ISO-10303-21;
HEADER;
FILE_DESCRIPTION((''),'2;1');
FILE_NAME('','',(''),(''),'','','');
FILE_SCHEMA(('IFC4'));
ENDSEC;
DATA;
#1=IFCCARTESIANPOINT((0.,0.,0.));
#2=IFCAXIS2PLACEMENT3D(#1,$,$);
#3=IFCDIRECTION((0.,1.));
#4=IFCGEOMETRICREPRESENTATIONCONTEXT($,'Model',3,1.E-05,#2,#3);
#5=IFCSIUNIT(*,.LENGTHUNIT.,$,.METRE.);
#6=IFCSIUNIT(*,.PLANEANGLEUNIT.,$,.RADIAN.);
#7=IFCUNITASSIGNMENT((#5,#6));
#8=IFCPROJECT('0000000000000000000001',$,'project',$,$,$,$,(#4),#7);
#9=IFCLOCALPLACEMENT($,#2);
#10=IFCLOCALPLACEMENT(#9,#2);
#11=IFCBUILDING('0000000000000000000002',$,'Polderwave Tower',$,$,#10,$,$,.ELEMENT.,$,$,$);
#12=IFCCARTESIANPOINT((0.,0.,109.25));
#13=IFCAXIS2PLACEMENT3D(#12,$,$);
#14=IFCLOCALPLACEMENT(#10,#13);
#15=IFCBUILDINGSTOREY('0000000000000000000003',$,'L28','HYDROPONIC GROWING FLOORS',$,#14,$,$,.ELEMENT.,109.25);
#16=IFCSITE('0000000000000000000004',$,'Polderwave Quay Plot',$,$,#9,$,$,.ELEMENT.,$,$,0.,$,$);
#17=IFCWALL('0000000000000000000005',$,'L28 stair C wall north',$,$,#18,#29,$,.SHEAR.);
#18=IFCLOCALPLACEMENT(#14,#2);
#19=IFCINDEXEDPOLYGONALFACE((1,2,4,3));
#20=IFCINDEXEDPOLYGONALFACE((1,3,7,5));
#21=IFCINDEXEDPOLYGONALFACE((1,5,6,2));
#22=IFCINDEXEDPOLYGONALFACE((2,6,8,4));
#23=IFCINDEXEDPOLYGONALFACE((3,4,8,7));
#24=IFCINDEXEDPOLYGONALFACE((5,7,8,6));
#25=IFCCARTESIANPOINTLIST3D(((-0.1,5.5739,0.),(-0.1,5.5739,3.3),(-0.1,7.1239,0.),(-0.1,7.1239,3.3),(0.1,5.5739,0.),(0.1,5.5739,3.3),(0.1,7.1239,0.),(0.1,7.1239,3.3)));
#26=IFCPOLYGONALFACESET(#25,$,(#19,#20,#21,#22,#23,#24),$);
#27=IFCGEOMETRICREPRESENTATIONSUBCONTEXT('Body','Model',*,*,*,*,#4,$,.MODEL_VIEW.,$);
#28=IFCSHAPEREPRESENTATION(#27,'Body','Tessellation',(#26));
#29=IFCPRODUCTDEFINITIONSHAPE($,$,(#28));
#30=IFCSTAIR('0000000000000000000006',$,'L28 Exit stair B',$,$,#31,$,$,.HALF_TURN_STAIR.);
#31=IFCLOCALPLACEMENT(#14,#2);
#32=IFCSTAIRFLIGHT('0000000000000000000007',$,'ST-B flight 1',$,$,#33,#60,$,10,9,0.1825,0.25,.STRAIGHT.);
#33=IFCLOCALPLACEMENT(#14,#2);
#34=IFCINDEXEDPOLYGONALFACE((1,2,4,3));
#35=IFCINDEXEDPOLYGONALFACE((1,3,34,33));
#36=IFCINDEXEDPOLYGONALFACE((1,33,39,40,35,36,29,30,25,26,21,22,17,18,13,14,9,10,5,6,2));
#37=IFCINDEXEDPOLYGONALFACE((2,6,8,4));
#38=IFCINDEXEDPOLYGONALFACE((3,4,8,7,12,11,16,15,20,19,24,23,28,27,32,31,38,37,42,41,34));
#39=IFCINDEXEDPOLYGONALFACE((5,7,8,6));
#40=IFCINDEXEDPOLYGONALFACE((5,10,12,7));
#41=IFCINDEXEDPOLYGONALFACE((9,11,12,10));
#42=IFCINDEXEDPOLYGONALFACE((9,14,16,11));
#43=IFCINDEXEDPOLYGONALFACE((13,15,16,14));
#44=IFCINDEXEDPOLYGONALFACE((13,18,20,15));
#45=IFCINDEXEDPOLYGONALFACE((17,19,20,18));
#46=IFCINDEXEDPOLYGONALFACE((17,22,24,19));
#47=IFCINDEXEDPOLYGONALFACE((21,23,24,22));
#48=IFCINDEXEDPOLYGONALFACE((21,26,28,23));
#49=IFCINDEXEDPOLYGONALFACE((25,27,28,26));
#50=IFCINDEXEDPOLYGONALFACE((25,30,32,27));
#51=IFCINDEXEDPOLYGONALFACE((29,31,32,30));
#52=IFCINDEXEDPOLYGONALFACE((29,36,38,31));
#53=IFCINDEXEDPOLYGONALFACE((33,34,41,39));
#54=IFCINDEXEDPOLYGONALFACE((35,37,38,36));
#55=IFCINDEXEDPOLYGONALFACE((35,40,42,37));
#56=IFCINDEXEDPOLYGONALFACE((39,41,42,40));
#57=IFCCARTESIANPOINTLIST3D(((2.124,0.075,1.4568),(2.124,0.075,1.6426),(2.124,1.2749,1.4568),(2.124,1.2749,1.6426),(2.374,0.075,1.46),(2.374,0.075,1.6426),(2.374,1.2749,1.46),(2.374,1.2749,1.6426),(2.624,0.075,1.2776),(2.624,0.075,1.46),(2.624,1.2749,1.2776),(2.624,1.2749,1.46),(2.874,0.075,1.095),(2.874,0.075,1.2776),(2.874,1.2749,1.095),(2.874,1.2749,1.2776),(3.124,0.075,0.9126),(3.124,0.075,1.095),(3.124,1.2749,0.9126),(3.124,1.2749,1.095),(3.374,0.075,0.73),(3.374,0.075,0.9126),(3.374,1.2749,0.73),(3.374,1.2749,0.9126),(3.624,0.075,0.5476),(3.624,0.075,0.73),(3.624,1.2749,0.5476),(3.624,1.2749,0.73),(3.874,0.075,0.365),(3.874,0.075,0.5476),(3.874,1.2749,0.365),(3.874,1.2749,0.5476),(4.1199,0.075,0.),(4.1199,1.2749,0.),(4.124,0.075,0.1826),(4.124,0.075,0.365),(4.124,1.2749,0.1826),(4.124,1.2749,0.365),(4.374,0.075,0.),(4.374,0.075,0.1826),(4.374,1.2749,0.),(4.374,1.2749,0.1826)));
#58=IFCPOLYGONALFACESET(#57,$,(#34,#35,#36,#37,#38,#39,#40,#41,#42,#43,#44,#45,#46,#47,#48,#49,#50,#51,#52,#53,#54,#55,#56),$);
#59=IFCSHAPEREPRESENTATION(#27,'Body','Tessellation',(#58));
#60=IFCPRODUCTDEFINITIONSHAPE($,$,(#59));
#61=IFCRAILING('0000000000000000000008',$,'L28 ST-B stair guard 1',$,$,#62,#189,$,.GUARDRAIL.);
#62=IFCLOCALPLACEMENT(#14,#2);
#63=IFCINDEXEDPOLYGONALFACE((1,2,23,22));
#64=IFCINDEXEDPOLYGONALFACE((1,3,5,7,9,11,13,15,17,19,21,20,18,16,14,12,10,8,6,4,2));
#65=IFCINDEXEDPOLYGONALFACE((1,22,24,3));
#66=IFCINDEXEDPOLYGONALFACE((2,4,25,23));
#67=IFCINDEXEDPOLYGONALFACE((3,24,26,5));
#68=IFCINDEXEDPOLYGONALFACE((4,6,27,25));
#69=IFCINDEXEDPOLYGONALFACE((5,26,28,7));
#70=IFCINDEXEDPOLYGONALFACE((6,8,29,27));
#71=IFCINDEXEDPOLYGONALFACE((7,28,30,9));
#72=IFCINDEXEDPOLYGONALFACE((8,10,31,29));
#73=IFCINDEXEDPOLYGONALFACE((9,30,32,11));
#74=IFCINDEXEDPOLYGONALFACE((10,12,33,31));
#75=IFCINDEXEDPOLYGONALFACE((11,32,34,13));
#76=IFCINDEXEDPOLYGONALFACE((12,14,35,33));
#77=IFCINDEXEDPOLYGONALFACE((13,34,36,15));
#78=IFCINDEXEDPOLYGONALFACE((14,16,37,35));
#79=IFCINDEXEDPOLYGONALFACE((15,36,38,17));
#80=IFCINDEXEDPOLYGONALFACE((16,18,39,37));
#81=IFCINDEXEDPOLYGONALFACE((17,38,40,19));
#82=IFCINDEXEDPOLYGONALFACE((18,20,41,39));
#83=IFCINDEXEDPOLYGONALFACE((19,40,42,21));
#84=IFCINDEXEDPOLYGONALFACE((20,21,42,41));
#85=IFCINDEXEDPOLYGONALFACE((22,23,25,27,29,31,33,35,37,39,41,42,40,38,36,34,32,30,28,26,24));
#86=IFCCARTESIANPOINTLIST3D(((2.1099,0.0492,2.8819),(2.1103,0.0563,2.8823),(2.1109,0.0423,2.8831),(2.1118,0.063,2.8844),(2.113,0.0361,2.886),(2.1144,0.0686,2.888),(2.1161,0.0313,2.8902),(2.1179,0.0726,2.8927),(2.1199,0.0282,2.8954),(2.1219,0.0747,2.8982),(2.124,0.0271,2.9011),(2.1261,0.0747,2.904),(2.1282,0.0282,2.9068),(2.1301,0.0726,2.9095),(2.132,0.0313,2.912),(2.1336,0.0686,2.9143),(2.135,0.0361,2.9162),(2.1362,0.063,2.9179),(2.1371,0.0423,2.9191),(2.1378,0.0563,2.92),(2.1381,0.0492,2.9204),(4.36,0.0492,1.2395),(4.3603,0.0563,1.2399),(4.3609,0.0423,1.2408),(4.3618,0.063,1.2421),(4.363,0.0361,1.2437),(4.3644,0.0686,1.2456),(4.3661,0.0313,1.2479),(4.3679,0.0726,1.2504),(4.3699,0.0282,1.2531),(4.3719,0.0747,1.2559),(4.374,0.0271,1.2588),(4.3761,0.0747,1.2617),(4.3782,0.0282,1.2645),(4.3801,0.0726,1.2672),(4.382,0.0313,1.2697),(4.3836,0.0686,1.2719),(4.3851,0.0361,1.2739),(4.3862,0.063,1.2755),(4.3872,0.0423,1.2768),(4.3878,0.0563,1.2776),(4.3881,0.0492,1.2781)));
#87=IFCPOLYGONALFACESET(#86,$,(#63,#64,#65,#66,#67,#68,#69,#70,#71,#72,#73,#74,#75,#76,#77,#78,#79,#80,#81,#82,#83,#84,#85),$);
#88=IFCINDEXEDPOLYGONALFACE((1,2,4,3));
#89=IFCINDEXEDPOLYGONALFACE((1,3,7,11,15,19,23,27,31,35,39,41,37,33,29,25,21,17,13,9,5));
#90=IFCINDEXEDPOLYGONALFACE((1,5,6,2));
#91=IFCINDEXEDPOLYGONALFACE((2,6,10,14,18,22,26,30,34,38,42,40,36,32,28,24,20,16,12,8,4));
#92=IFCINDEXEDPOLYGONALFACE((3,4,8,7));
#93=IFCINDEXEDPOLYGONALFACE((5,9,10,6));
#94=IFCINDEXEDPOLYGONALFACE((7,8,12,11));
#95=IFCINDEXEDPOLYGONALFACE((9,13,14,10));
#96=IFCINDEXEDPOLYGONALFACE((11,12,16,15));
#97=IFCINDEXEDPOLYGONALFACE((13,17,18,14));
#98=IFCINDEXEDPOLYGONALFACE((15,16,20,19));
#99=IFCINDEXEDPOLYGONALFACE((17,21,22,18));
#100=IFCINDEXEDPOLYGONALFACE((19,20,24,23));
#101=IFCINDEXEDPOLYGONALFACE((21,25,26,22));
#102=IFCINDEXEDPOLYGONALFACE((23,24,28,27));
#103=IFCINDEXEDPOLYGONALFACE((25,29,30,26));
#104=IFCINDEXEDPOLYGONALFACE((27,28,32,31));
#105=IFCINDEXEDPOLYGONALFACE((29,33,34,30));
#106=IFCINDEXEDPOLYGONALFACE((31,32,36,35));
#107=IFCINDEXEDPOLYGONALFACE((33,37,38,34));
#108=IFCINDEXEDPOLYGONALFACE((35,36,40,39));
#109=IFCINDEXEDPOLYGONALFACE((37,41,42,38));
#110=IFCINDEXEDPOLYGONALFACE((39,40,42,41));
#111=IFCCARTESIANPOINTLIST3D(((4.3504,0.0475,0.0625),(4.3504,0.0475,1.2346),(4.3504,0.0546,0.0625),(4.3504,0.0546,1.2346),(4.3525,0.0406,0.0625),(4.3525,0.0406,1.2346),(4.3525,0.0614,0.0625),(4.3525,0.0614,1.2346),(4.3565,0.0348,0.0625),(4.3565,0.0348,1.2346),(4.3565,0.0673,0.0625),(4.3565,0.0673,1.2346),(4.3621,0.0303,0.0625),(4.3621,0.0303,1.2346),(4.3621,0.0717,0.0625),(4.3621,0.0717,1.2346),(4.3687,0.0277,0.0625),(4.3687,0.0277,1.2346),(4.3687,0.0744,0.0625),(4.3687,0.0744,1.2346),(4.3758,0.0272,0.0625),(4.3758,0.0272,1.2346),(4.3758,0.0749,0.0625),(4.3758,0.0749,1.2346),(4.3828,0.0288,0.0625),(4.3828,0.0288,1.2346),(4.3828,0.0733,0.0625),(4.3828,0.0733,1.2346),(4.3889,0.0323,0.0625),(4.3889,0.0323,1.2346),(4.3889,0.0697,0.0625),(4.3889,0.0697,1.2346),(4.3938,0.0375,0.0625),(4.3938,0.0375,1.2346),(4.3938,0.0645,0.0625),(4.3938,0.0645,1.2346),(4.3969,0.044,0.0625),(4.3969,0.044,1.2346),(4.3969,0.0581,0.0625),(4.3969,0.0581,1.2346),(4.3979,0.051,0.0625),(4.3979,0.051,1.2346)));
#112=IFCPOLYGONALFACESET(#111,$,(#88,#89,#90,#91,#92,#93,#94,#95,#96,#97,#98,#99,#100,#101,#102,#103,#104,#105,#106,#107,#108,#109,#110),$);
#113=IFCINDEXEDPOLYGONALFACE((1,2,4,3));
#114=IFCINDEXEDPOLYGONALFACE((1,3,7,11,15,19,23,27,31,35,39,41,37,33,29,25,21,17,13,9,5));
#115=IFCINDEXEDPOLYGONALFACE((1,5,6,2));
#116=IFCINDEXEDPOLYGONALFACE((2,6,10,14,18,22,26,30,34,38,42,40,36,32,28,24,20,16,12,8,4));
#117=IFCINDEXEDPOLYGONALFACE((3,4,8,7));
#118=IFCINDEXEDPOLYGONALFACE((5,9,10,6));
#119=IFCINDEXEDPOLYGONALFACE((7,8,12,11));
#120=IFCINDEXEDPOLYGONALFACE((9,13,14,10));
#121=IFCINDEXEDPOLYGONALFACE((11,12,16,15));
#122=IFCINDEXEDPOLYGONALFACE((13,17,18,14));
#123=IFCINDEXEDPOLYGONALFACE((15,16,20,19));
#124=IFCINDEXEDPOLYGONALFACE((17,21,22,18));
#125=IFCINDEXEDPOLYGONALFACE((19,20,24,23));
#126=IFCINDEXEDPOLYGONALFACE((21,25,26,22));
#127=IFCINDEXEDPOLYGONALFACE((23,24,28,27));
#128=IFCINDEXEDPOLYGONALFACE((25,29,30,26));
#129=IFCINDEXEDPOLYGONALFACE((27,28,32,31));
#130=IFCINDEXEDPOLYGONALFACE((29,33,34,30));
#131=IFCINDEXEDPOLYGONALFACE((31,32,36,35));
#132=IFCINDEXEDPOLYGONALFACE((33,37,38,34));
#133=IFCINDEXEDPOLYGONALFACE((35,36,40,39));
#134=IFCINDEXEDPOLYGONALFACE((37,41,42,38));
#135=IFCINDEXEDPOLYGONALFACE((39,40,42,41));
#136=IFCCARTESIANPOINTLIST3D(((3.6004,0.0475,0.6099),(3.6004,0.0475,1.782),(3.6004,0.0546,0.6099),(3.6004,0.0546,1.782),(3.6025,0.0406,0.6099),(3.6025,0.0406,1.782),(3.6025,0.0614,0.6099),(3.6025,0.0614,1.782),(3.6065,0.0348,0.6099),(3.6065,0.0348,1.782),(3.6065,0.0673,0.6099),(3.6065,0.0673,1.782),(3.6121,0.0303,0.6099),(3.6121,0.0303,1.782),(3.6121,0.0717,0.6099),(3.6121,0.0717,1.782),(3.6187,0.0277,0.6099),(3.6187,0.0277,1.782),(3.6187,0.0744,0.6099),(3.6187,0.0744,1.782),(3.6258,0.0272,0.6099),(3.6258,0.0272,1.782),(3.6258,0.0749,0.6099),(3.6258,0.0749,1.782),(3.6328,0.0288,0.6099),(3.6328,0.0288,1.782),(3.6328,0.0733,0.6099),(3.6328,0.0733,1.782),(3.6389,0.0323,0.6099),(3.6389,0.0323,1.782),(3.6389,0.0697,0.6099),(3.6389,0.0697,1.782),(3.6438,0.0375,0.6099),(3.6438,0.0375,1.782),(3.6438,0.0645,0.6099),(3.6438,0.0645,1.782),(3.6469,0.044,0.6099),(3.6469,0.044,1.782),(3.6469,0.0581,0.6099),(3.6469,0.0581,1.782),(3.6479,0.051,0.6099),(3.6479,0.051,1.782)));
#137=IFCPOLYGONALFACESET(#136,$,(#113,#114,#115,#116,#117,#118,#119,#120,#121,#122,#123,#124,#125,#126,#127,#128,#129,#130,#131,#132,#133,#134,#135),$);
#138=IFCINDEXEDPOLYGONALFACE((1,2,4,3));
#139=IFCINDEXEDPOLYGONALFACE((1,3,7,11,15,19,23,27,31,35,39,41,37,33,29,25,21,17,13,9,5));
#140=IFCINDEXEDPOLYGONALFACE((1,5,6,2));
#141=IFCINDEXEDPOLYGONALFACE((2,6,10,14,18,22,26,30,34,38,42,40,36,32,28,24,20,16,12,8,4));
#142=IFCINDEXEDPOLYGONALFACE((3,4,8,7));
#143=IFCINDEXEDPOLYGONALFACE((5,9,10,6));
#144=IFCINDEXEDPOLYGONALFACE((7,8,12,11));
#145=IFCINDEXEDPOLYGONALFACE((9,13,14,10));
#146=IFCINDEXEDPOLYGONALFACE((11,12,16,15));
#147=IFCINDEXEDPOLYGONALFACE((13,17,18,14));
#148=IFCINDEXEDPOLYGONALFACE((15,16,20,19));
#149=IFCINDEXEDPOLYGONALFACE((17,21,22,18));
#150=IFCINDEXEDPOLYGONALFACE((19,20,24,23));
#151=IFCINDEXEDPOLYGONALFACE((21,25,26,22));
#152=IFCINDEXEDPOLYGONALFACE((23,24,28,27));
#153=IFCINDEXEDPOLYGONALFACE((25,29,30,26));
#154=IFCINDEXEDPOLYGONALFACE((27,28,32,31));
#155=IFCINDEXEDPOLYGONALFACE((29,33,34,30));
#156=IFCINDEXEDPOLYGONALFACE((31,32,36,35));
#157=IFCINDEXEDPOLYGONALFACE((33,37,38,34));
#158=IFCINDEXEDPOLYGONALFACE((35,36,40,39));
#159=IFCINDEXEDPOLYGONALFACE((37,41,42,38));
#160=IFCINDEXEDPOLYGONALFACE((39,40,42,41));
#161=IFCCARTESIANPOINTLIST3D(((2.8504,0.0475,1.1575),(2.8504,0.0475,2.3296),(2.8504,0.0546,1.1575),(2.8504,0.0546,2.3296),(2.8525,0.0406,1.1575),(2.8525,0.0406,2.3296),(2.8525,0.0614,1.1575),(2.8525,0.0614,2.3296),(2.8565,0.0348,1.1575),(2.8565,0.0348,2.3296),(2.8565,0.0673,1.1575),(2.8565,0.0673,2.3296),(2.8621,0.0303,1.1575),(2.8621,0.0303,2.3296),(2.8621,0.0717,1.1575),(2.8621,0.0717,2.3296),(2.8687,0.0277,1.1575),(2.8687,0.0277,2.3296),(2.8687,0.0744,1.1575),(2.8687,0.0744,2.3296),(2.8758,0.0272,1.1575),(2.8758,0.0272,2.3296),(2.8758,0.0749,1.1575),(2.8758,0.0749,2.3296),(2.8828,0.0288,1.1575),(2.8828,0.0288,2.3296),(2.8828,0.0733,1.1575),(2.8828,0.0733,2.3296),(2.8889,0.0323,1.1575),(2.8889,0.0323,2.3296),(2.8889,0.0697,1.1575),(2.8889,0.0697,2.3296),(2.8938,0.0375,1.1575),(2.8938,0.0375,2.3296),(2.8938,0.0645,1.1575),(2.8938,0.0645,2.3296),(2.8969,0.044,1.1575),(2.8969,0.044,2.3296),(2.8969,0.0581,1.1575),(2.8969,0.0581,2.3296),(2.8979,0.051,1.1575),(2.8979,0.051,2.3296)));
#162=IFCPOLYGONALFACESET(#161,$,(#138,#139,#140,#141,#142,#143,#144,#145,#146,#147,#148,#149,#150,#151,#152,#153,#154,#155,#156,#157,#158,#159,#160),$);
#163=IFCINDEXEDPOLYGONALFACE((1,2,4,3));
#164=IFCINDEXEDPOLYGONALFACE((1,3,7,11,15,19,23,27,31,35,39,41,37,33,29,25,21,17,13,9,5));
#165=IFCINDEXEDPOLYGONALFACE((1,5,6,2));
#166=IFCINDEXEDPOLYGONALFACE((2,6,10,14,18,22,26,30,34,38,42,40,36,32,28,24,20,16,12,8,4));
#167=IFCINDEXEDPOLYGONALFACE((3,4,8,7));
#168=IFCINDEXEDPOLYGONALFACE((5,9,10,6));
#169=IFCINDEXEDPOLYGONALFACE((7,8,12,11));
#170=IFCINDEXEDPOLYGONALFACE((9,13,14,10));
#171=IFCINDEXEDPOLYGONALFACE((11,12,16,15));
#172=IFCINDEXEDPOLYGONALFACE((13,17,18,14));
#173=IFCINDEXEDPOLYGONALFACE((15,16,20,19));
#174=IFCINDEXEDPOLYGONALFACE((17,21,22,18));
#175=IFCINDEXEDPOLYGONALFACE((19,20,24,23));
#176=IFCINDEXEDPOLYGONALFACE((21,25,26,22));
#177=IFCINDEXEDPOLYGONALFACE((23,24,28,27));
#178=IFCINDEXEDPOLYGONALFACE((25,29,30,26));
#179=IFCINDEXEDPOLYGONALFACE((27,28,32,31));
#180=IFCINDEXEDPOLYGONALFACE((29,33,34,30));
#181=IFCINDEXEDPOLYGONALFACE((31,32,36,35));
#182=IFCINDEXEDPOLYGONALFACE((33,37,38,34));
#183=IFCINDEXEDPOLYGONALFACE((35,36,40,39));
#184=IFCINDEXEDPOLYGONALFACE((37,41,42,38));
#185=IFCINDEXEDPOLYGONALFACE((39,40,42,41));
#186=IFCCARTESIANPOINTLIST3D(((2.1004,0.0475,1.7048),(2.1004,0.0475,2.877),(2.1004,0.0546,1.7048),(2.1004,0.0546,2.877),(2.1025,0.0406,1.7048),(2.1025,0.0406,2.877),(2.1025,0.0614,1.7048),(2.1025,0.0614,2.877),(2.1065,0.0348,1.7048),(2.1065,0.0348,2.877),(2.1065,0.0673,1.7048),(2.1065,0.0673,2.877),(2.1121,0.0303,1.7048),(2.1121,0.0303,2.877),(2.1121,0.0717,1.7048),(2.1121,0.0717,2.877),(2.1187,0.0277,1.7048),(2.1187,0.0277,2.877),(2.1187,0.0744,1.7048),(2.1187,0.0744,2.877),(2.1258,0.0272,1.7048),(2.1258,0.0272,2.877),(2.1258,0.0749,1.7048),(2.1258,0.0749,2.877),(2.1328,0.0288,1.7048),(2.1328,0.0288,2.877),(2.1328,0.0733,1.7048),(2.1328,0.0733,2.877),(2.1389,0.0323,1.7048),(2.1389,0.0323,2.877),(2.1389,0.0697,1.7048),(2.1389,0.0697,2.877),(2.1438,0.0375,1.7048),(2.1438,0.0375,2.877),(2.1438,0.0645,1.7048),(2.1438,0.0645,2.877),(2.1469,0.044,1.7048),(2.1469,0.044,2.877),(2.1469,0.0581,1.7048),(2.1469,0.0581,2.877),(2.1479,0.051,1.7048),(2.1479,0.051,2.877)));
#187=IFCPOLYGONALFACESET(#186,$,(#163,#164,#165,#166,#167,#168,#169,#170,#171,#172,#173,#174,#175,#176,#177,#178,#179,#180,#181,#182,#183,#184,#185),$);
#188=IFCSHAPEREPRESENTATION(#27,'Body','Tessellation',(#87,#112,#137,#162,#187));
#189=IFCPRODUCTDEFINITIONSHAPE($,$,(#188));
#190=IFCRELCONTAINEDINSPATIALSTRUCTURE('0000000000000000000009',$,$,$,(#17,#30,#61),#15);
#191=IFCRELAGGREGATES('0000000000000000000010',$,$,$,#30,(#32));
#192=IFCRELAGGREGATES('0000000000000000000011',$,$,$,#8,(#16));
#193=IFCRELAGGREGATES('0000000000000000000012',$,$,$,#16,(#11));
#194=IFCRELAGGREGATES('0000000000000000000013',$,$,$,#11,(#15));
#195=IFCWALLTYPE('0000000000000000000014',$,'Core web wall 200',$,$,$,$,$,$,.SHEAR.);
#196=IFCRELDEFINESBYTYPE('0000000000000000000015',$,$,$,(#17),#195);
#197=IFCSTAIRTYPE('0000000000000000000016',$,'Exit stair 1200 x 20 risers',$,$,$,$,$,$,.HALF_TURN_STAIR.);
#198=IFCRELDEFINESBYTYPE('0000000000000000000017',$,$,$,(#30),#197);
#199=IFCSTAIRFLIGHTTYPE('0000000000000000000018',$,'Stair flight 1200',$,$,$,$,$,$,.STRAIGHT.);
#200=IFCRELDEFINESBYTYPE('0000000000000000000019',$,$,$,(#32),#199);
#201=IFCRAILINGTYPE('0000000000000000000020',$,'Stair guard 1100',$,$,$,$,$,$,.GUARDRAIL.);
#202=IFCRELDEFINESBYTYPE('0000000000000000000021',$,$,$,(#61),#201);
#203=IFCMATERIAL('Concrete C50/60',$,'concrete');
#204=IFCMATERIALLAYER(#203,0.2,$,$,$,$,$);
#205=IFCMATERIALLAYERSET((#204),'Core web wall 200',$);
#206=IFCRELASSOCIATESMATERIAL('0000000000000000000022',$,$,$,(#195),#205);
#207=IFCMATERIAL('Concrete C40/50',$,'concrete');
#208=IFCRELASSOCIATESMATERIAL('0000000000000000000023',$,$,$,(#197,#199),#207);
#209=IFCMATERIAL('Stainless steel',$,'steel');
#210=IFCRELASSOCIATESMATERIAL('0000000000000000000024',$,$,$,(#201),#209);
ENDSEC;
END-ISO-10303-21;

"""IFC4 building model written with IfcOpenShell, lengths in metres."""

from ifc_helpers import new_model, si_unit, direction, frame, frame_2d, origin, origin_2d, place, context, subcontext, project, spatial, polyline, rectangle, circle, outline, extrude, material, layer, layer_set, type_object, element, aggregate, save


model = new_model("IFC4")

# Units and contexts
model_context = context("Model", 3, precision=1e-05, world=origin(), true_north=direction((0.0, 1.0)))
body_context = subcontext(model_context, "Body", "Model", "MODEL_VIEW")
ifc_project = project(units=[si_unit("LENGTHUNIT", "METRE"), si_unit("PLANEANGLEUNIT", "RADIAN")], contexts=[model_context])

# Site, building, storey
site_placement = place(None, origin())
site = spatial("IfcSite", under=ifc_project, at=site_placement, Name="Polderwave Quay Plot", CompositionType="ELEMENT", RefElevation=0.0)
building_placement = place(site_placement, origin())
building = spatial("IfcBuilding", under=site, at=building_placement, Name="Polderwave Tower", CompositionType="ELEMENT")
storey_placement = place(building_placement, frame((0.0, 0.0, 109.25)))
storey = spatial("IfcBuildingStorey", under=building, at=storey_placement, Name="L28", Description="HYDROPONIC GROWING FLOORS", CompositionType="ELEMENT", Elevation=109.25)

# Shared definitions
ifc_material_1 = material(Name="Concrete C50/60", Category="concrete")
ifc_layer_1 = layer(ifc_material_1, 0.2)
ifc_layer_set_1 = layer_set([ifc_layer_1], Name="Core web wall 200")
wall_type_1 = type_object("IfcWallType", Name="Core web wall 200", PredefinedType="SHEAR", material=ifc_layer_set_1)

# Wall
wall_1_placement = place(storey_placement, frame((0.0, 5.574, 0.0), z_axis=(0.0, 0.0, 1.0), x_axis=(0.0, 1.0, 0.0)))
element("IfcWall", 1, at=wall_1_placement, inside=storey, type_object=wall_type_1, Name="L28 stair C wall north", PredefinedType="SHEAR", context=body_context, shape_type="SweptSolid", body=[
    extrude(rectangle(XDim=1.55, YDim=0.2, at=frame_2d((0.7749, 0.0))), origin(), (0.0, 0.0, 1.0), 3.3),
])

# Stair, stair flight
ifc_material_2 = material(Name="Concrete C40/50", Category="concrete")
stair_type = type_object("IfcStairType", Name="Exit stair 1200 x 20 risers", PredefinedType="HALF_TURN_STAIR", material=ifc_material_2)
stair_placement = place(storey_placement, origin())
stair = element("IfcStair", 2, at=stair_placement, inside=storey, type_object=stair_type, Name="L28 Exit stair B", PredefinedType="HALF_TURN_STAIR")
stair_flight_type = type_object("IfcStairFlightType", Name="Stair flight 1200", PredefinedType="STRAIGHT", material=ifc_material_2)
stair_flight_placement = place(storey_placement, frame((4.374, 0.675, 0.0), z_axis=(0.0, 0.0, 1.0), x_axis=(-1.0, 0.0, 0.0)))
stair_flight = element("IfcStairFlight", 3, at=stair_flight_placement, type_object=stair_flight_type, Name="ST-B flight 1", NumberOfRisers=10, NumberOfTreads=9, PredefinedType="STRAIGHT", RiserHeight=0.1825, TreadLength=0.25, context=body_context, shape_type="SweptSolid", body=[
    extrude(outline(polyline([(0.0, 0.0), (0.0, 0.1826), (0.25, 0.1826), (0.25, 0.365), (0.5, 0.365), (0.5, 0.5476), (0.75, 0.5476), (0.75, 0.73), (1.0, 0.73), (1.0, 0.9126), (1.25, 0.9126), (1.25, 1.095), (1.5, 1.095), (1.5, 1.2776), (1.75, 1.2776), (1.75, 1.46), (2.0, 1.46), (2.0, 1.6426), (2.25, 1.6426), (2.25, 1.825), (2.25, 1.4568), (0.2542, 0.0), (0.0, 0.0)])), frame((0.0, 0.6001, 0.0), z_axis=(0.0, -1.0, 0.0), x_axis=(1.0, 0.0, 0.0)), (0.0, 0.0, 1.0), 1.2),
])
aggregate(stair, [stair_flight])

# Railing
ifc_material_3 = material(Name="Stainless steel", Category="steel")
railing_type_1 = type_object("IfcRailingType", Name="Stair guard 1100", PredefinedType="GUARDRAIL", material=ifc_material_3)
railing_1_placement = place(storey_placement, frame((4.374, 0.051, 0.0625)))
element("IfcRailing", 4, at=railing_1_placement, inside=storey, type_object=railing_type_1, Name="L28 ST-B stair guard 1", PredefinedType="GUARDRAIL", context=body_context, shape_type="SweptSolid", body=[
    extrude(circle(Radius=0.0239, at=origin_2d()), frame((0.0, 0.0, 1.1963), z_axis=(-0.807715, 0.0, 0.589573), x_axis=(0.0, -1.0, 0.0)), (0.0, 0.0, 1.0), 2.7856),
    extrude(circle(Radius=0.0239, at=origin_2d()), origin(), (0.0, 0.0, 1.0), 1.1721),
    extrude(circle(Radius=0.0239, at=origin_2d()), frame((-0.75, 0.0, 0.5474)), (0.0, 0.0, 1.0), 1.1721),
    extrude(circle(Radius=0.0239, at=origin_2d()), frame((-1.5, 0.0, 1.095)), (0.0, 0.0, 1.0), 1.1721),
    extrude(circle(Radius=0.0239, at=origin_2d()), frame((-2.25, 0.0, 1.6423)), (0.0, 0.0, 1.0), 1.1721),
])

save(model, "model.ifc")
